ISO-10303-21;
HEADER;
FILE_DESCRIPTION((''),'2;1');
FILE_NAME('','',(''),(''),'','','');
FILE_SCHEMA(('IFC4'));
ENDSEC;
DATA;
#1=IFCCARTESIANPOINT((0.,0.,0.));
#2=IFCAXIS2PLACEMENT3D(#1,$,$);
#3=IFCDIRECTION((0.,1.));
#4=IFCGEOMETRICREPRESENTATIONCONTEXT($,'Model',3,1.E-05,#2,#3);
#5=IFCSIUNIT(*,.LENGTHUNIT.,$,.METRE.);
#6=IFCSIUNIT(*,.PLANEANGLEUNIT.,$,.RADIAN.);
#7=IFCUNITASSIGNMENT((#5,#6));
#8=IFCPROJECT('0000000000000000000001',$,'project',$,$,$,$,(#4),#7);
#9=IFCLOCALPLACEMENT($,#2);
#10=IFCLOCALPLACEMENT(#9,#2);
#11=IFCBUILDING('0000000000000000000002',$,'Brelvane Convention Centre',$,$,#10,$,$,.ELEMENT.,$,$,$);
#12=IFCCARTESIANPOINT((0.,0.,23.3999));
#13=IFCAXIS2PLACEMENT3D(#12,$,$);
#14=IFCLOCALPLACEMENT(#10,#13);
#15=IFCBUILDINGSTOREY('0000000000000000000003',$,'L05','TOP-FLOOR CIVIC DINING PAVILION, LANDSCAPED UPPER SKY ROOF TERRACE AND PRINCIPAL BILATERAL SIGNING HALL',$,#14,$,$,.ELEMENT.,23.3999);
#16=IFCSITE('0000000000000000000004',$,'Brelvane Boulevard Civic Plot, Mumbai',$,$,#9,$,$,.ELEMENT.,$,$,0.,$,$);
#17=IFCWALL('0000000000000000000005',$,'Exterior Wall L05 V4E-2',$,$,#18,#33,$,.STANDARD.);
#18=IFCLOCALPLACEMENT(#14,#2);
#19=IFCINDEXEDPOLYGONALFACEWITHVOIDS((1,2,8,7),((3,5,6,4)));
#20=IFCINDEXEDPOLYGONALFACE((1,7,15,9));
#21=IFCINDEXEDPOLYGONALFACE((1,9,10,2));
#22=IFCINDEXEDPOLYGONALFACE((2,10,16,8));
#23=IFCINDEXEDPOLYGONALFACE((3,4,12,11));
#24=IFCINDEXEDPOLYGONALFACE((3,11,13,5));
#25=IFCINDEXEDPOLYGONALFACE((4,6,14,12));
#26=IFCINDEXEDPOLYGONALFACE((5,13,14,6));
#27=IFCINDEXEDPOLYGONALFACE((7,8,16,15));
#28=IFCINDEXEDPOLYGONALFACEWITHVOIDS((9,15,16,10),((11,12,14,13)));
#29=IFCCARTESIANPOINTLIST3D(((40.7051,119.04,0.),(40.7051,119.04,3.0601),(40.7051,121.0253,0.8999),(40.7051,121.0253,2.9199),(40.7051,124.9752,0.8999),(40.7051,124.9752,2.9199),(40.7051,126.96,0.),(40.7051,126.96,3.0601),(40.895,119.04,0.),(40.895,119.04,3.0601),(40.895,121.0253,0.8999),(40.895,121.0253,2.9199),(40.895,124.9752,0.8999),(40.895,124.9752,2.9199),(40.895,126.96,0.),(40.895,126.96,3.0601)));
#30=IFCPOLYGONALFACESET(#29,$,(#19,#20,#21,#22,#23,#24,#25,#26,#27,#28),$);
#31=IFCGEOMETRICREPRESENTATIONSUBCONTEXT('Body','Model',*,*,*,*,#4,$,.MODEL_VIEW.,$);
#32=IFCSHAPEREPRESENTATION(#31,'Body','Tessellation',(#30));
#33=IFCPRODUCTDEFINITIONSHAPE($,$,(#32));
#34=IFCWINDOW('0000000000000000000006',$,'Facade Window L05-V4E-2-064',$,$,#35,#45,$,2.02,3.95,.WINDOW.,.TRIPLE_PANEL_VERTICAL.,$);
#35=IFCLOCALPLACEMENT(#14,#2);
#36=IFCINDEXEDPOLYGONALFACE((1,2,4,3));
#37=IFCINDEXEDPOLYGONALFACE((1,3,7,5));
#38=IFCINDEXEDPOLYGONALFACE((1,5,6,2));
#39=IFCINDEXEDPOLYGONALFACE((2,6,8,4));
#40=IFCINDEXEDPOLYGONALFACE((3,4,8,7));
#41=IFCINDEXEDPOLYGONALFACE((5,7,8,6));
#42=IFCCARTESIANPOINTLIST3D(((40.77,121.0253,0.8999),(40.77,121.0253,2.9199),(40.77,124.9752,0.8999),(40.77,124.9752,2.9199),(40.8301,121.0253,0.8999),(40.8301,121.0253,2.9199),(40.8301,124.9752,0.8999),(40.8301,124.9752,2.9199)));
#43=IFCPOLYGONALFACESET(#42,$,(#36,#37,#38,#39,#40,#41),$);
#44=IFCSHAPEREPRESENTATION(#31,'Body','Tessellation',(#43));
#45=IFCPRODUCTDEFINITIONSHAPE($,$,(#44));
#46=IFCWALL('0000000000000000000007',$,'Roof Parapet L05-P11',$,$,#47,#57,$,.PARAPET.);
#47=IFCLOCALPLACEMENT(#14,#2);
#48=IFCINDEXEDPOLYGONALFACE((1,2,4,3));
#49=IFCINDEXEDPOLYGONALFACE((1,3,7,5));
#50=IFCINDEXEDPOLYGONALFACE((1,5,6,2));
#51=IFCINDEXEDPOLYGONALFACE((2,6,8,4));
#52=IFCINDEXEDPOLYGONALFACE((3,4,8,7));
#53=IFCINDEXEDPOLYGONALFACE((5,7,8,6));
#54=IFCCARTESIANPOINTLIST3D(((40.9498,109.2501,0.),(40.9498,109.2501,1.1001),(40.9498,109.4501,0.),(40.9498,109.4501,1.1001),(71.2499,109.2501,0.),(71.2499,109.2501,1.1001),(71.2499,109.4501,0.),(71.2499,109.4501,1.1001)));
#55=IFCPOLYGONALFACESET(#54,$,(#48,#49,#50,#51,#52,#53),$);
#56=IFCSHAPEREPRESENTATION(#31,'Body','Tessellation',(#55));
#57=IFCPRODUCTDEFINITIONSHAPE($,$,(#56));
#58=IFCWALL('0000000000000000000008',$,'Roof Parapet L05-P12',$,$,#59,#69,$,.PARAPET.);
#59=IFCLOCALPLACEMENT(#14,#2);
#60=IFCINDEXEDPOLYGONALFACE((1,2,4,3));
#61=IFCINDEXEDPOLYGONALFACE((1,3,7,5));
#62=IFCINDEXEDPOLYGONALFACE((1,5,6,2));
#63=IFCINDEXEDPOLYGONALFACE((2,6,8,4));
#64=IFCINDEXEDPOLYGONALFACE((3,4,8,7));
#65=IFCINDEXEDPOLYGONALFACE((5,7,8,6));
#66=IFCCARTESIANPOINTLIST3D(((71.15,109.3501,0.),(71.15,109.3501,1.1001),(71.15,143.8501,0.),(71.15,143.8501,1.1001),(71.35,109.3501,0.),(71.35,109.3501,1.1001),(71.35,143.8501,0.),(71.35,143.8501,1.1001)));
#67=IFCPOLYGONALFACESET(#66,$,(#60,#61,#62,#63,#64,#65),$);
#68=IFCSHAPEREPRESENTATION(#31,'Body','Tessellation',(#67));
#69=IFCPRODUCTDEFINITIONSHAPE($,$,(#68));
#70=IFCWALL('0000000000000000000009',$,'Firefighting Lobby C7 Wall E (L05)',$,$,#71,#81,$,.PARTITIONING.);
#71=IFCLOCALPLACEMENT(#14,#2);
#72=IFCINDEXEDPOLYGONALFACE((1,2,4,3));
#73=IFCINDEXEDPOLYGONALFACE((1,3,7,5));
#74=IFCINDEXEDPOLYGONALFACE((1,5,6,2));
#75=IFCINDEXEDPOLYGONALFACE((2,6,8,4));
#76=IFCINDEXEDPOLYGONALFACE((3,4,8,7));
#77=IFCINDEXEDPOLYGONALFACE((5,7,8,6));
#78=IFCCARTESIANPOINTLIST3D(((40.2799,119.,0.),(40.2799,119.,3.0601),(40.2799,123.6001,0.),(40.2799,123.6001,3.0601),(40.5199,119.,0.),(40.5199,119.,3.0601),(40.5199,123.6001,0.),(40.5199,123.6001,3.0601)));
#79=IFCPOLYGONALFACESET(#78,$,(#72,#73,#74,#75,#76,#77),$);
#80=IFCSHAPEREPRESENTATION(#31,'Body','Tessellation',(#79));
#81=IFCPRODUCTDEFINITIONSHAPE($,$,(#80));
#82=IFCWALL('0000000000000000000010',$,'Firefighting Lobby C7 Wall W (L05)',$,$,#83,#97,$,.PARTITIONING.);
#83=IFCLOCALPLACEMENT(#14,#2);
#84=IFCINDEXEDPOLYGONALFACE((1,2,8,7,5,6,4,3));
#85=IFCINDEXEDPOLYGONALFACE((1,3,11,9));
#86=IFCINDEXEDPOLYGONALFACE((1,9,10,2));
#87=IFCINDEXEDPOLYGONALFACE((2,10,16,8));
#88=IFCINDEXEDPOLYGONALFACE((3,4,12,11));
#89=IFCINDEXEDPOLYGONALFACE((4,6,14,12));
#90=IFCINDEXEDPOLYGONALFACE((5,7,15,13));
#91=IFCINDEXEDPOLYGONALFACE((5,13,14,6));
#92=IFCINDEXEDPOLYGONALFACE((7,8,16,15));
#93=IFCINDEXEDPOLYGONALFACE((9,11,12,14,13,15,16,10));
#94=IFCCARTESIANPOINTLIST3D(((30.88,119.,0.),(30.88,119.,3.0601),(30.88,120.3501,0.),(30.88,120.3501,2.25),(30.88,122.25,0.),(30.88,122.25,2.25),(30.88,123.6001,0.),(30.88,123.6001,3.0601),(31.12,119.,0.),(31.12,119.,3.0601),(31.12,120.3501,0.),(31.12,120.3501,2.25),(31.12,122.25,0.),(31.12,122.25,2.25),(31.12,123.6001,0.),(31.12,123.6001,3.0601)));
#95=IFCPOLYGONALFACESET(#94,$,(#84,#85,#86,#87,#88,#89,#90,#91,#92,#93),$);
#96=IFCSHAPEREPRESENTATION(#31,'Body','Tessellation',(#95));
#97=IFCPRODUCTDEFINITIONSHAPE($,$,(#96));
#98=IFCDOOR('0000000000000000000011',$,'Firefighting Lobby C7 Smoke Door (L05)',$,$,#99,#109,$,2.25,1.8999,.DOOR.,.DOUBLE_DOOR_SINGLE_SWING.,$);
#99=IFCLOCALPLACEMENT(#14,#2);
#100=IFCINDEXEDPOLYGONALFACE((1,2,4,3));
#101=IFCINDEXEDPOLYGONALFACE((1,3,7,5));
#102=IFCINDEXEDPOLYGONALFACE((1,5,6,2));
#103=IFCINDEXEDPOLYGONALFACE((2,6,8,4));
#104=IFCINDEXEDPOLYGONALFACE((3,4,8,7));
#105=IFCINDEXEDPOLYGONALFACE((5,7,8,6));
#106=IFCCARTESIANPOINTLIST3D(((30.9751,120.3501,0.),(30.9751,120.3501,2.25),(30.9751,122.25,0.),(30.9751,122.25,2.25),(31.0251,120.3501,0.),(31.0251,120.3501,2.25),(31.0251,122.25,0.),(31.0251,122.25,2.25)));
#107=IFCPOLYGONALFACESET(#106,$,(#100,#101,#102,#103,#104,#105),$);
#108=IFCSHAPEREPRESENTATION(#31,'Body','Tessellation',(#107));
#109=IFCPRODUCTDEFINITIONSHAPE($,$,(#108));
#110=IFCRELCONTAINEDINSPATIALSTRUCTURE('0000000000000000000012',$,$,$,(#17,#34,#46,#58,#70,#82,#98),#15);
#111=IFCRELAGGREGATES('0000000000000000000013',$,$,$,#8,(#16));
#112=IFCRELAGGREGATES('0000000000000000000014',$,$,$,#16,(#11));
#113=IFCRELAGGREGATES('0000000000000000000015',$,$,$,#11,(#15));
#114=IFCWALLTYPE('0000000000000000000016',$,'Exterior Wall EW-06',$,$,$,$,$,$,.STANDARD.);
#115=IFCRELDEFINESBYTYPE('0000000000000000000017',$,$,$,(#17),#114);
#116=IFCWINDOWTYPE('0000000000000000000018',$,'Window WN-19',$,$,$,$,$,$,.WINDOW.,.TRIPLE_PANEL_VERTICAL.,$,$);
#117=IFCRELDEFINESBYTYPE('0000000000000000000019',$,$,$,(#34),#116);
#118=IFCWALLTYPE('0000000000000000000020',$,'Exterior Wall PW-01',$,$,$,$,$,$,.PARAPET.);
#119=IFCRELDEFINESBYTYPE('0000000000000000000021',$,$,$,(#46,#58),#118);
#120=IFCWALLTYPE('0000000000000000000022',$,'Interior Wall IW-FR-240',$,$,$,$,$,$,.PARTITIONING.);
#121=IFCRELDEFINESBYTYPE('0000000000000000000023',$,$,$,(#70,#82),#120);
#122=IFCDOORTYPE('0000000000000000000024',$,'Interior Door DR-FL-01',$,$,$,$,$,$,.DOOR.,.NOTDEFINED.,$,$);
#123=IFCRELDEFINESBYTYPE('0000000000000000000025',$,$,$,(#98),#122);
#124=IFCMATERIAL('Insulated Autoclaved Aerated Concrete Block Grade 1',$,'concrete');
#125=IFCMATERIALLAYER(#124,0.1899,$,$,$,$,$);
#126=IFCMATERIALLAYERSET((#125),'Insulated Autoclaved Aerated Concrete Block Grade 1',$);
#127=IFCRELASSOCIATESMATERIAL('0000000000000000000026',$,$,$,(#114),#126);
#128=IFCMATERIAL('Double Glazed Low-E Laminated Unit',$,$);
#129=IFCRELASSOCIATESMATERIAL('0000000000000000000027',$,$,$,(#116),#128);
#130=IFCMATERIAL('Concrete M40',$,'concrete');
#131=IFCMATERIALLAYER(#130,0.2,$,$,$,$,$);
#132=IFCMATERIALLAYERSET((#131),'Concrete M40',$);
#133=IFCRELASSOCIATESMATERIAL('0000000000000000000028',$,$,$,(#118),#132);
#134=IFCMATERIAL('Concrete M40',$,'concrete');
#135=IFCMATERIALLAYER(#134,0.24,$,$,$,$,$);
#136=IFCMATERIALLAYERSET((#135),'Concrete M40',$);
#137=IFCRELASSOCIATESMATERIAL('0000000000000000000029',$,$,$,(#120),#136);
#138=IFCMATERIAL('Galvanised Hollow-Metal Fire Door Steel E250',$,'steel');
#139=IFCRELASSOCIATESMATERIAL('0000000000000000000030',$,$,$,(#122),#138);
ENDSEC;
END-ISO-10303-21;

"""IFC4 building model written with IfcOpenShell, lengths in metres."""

from ifc_helpers import new_model, si_unit, direction, frame, frame_2d, origin, place, context, subcontext, project, spatial, rectangle, extrude, material, layer, layer_set, type_object, element, fill, save


model = new_model("IFC4")

# Units and contexts
model_context = context("Model", 3, precision=1e-05, world=origin(), true_north=direction((0.0, 1.0)))
body_context = subcontext(model_context, "Body", "Model", "MODEL_VIEW")
ifc_project = project(units=[si_unit("LENGTHUNIT", "METRE"), si_unit("PLANEANGLEUNIT", "RADIAN")], contexts=[model_context])

# Site, building, storey
site_placement = place(None, origin())
site = spatial("IfcSite", under=ifc_project, at=site_placement, Name="Brelvane Boulevard Civic Plot, Mumbai", CompositionType="ELEMENT", RefElevation=0.0)
building_placement = place(site_placement, origin())
building = spatial("IfcBuilding", under=site, at=building_placement, Name="Brelvane Convention Centre", CompositionType="ELEMENT")
storey_placement = place(building_placement, frame((0.0, 0.0, 23.3999)))
storey = spatial("IfcBuildingStorey", under=building, at=storey_placement, Name="L05", Description="TOP-FLOOR CIVIC DINING PAVILION, LANDSCAPED UPPER SKY ROOF TERRACE AND PRINCIPAL BILATERAL SIGNING HALL", CompositionType="ELEMENT", Elevation=23.3999)

# Wall, opening, window
ifc_material_1 = material(Name="Insulated Autoclaved Aerated Concrete Block Grade 1", Category="concrete")
ifc_layer_1 = layer(ifc_material_1, 0.1899)
ifc_layer_set_1 = layer_set([ifc_layer_1], Name="Insulated Autoclaved Aerated Concrete Block Grade 1")
wall_type_1 = type_object("IfcWallType", Name="Exterior Wall EW-06", PredefinedType="STANDARD", material=ifc_layer_set_1)
wall_1_placement = place(storey_placement, frame((40.8, 119.04, 0.0), z_axis=(0.0, 0.0, 1.0), x_axis=(0.0, 1.0, 0.0)))
wall_1 = element("IfcWall", 1, at=wall_1_placement, inside=storey, type_object=wall_type_1, Name="Exterior Wall L05 V4E-2", PredefinedType="STANDARD", context=body_context, shape_type="SweptSolid", body=[
    extrude(rectangle(XDim=7.9199, YDim=0.1899, at=frame_2d((3.96, 0.0))), origin(), (0.0, 0.0, 1.0), 3.0601),
])
opening_1_placement = place(wall_1_placement, frame((1.9851, 0.0, 0.8999)))
opening_1 = element("IfcOpeningElement", 2, at=opening_1_placement, cuts=wall_1, PredefinedType="OPENING", context=body_context, shape_type="SweptSolid", body=[
    extrude(rectangle(XDim=3.95, YDim=2.02, at=frame_2d((1.9751, 1.01))), frame((0.0, 0.105, 0.0), z_axis=(0.0, -1.0, 0.0), x_axis=(1.0, 0.0, 0.0)), (0.0, 0.0, 1.0), 0.21),
])
ifc_material_2 = material(Name="Double Glazed Low-E Laminated Unit")
window_type = type_object("IfcWindowType", Name="Window WN-19", PartitioningType="TRIPLE_PANEL_VERTICAL", PredefinedType="WINDOW", material=ifc_material_2)
window_placement = place(opening_1_placement, origin())
window = element("IfcWindow", 3, at=window_placement, inside=storey, type_object=window_type, Name="Facade Window L05-V4E-2-064", OverallHeight=2.02, OverallWidth=3.95, PartitioningType="TRIPLE_PANEL_VERTICAL", PredefinedType="WINDOW", context=body_context, shape_type="SweptSolid", body=[
    extrude(rectangle(XDim=3.95, YDim=2.02, at=frame_2d((1.9751, 1.01))), frame((0.0, 0.03, 0.0), z_axis=(0.0, -1.0, 0.0), x_axis=(1.0, 0.0, 0.0)), (0.0, 0.0, 1.0), 0.0601),
])
fill(opening_1, window)

# Walls
ifc_material_3 = material(Name="Concrete M40", Category="concrete")
ifc_layer_2 = layer(ifc_material_3, 0.2)
ifc_layer_set_2 = layer_set([ifc_layer_2], Name="Concrete M40")
wall_type_2 = type_object("IfcWallType", Name="Exterior Wall PW-01", PredefinedType="PARAPET", material=ifc_layer_set_2)
wall_2_placement = place(storey_placement, frame((40.95, 109.3501, 0.0), z_axis=(0.0, 0.0, 1.0), x_axis=(1.0, 0.0, 0.0)))
element("IfcWall", 4, at=wall_2_placement, inside=storey, type_object=wall_type_2, Name="Roof Parapet L05-P11", PredefinedType="PARAPET", context=body_context, shape_type="SweptSolid", body=[
    extrude(rectangle(XDim=30.3, YDim=0.2, at=frame_2d((15.1499, 0.0))), origin(), (0.0, 0.0, 1.0), 1.1001),
])
wall_3_placement = place(storey_placement, frame((71.25, 109.3501, 0.0), z_axis=(0.0, 0.0, 1.0), x_axis=(0.0, 1.0, 0.0)))
element("IfcWall", 5, at=wall_3_placement, inside=storey, type_object=wall_type_2, Name="Roof Parapet L05-P12", PredefinedType="PARAPET", context=body_context, shape_type="SweptSolid", body=[
    extrude(rectangle(XDim=34.5, YDim=0.2, at=frame_2d((17.25, 0.0))), origin(), (0.0, 0.0, 1.0), 1.1001),
])
ifc_material_4 = material(Name="Concrete M40", Category="concrete")
ifc_layer_3 = layer(ifc_material_4, 0.24)
ifc_layer_set_3 = layer_set([ifc_layer_3], Name="Concrete M40")
wall_type_3 = type_object("IfcWallType", Name="Interior Wall IW-FR-240", PredefinedType="PARTITIONING", material=ifc_layer_set_3)
wall_4_placement = place(storey_placement, frame((40.3999, 119.0, 0.0), z_axis=(0.0, 0.0, 1.0), x_axis=(0.0, 1.0, 0.0)))
element("IfcWall", 6, at=wall_4_placement, inside=storey, type_object=wall_type_3, Name="Firefighting Lobby C7 Wall E (L05)", PredefinedType="PARTITIONING", context=body_context, shape_type="SweptSolid", body=[
    extrude(rectangle(XDim=4.6001, YDim=0.24, at=frame_2d((2.3, 0.0))), origin(), (0.0, 0.0, 1.0), 3.0601),
])

# Wall, opening, door
wall_5_placement = place(storey_placement, frame((31.0, 119.0, 0.0), z_axis=(0.0, 0.0, 1.0), x_axis=(0.0, 1.0, 0.0)))
wall_5 = element("IfcWall", 7, at=wall_5_placement, inside=storey, type_object=wall_type_3, Name="Firefighting Lobby C7 Wall W (L05)", PredefinedType="PARTITIONING", context=body_context, shape_type="SweptSolid", body=[
    extrude(rectangle(XDim=4.6001, YDim=0.24, at=frame_2d((2.3, 0.0))), origin(), (0.0, 0.0, 1.0), 3.0601),
])
opening_2_placement = place(wall_5_placement, frame((1.3501, 0.0, 0.0)))
opening_2 = element("IfcOpeningElement", 8, at=opening_2_placement, cuts=wall_5, PredefinedType="OPENING", context=body_context, shape_type="SweptSolid", body=[
    extrude(rectangle(XDim=1.8999, YDim=2.25, at=frame_2d((0.95, 1.125))), frame((0.0, 0.1299, 0.0), z_axis=(0.0, -1.0, 0.0), x_axis=(1.0, 0.0, 0.0)), (0.0, 0.0, 1.0), 0.26),
])
ifc_material_5 = material(Name="Galvanised Hollow-Metal Fire Door Steel E250", Category="steel")
door_type = type_object("IfcDoorType", Name="Interior Door DR-FL-01", OperationType="NOTDEFINED", PredefinedType="DOOR", material=ifc_material_5)
door_placement = place(opening_2_placement, origin())
door = element("IfcDoor", 9, at=door_placement, inside=storey, type_object=door_type, Name="Firefighting Lobby C7 Smoke Door (L05)", OperationType="DOUBLE_DOOR_SINGLE_SWING", OverallHeight=2.25, OverallWidth=1.8999, PredefinedType="DOOR", context=body_context, shape_type="SweptSolid", body=[
    extrude(rectangle(XDim=1.8999, YDim=2.25, at=frame_2d((0.95, 1.125))), frame((0.0, 0.0249, 0.0), z_axis=(0.0, -1.0, 0.0), x_axis=(1.0, 0.0, 0.0)), (0.0, 0.0, 1.0), 0.05),
])
fill(opening_2, door)

save(model, "model.ifc")
